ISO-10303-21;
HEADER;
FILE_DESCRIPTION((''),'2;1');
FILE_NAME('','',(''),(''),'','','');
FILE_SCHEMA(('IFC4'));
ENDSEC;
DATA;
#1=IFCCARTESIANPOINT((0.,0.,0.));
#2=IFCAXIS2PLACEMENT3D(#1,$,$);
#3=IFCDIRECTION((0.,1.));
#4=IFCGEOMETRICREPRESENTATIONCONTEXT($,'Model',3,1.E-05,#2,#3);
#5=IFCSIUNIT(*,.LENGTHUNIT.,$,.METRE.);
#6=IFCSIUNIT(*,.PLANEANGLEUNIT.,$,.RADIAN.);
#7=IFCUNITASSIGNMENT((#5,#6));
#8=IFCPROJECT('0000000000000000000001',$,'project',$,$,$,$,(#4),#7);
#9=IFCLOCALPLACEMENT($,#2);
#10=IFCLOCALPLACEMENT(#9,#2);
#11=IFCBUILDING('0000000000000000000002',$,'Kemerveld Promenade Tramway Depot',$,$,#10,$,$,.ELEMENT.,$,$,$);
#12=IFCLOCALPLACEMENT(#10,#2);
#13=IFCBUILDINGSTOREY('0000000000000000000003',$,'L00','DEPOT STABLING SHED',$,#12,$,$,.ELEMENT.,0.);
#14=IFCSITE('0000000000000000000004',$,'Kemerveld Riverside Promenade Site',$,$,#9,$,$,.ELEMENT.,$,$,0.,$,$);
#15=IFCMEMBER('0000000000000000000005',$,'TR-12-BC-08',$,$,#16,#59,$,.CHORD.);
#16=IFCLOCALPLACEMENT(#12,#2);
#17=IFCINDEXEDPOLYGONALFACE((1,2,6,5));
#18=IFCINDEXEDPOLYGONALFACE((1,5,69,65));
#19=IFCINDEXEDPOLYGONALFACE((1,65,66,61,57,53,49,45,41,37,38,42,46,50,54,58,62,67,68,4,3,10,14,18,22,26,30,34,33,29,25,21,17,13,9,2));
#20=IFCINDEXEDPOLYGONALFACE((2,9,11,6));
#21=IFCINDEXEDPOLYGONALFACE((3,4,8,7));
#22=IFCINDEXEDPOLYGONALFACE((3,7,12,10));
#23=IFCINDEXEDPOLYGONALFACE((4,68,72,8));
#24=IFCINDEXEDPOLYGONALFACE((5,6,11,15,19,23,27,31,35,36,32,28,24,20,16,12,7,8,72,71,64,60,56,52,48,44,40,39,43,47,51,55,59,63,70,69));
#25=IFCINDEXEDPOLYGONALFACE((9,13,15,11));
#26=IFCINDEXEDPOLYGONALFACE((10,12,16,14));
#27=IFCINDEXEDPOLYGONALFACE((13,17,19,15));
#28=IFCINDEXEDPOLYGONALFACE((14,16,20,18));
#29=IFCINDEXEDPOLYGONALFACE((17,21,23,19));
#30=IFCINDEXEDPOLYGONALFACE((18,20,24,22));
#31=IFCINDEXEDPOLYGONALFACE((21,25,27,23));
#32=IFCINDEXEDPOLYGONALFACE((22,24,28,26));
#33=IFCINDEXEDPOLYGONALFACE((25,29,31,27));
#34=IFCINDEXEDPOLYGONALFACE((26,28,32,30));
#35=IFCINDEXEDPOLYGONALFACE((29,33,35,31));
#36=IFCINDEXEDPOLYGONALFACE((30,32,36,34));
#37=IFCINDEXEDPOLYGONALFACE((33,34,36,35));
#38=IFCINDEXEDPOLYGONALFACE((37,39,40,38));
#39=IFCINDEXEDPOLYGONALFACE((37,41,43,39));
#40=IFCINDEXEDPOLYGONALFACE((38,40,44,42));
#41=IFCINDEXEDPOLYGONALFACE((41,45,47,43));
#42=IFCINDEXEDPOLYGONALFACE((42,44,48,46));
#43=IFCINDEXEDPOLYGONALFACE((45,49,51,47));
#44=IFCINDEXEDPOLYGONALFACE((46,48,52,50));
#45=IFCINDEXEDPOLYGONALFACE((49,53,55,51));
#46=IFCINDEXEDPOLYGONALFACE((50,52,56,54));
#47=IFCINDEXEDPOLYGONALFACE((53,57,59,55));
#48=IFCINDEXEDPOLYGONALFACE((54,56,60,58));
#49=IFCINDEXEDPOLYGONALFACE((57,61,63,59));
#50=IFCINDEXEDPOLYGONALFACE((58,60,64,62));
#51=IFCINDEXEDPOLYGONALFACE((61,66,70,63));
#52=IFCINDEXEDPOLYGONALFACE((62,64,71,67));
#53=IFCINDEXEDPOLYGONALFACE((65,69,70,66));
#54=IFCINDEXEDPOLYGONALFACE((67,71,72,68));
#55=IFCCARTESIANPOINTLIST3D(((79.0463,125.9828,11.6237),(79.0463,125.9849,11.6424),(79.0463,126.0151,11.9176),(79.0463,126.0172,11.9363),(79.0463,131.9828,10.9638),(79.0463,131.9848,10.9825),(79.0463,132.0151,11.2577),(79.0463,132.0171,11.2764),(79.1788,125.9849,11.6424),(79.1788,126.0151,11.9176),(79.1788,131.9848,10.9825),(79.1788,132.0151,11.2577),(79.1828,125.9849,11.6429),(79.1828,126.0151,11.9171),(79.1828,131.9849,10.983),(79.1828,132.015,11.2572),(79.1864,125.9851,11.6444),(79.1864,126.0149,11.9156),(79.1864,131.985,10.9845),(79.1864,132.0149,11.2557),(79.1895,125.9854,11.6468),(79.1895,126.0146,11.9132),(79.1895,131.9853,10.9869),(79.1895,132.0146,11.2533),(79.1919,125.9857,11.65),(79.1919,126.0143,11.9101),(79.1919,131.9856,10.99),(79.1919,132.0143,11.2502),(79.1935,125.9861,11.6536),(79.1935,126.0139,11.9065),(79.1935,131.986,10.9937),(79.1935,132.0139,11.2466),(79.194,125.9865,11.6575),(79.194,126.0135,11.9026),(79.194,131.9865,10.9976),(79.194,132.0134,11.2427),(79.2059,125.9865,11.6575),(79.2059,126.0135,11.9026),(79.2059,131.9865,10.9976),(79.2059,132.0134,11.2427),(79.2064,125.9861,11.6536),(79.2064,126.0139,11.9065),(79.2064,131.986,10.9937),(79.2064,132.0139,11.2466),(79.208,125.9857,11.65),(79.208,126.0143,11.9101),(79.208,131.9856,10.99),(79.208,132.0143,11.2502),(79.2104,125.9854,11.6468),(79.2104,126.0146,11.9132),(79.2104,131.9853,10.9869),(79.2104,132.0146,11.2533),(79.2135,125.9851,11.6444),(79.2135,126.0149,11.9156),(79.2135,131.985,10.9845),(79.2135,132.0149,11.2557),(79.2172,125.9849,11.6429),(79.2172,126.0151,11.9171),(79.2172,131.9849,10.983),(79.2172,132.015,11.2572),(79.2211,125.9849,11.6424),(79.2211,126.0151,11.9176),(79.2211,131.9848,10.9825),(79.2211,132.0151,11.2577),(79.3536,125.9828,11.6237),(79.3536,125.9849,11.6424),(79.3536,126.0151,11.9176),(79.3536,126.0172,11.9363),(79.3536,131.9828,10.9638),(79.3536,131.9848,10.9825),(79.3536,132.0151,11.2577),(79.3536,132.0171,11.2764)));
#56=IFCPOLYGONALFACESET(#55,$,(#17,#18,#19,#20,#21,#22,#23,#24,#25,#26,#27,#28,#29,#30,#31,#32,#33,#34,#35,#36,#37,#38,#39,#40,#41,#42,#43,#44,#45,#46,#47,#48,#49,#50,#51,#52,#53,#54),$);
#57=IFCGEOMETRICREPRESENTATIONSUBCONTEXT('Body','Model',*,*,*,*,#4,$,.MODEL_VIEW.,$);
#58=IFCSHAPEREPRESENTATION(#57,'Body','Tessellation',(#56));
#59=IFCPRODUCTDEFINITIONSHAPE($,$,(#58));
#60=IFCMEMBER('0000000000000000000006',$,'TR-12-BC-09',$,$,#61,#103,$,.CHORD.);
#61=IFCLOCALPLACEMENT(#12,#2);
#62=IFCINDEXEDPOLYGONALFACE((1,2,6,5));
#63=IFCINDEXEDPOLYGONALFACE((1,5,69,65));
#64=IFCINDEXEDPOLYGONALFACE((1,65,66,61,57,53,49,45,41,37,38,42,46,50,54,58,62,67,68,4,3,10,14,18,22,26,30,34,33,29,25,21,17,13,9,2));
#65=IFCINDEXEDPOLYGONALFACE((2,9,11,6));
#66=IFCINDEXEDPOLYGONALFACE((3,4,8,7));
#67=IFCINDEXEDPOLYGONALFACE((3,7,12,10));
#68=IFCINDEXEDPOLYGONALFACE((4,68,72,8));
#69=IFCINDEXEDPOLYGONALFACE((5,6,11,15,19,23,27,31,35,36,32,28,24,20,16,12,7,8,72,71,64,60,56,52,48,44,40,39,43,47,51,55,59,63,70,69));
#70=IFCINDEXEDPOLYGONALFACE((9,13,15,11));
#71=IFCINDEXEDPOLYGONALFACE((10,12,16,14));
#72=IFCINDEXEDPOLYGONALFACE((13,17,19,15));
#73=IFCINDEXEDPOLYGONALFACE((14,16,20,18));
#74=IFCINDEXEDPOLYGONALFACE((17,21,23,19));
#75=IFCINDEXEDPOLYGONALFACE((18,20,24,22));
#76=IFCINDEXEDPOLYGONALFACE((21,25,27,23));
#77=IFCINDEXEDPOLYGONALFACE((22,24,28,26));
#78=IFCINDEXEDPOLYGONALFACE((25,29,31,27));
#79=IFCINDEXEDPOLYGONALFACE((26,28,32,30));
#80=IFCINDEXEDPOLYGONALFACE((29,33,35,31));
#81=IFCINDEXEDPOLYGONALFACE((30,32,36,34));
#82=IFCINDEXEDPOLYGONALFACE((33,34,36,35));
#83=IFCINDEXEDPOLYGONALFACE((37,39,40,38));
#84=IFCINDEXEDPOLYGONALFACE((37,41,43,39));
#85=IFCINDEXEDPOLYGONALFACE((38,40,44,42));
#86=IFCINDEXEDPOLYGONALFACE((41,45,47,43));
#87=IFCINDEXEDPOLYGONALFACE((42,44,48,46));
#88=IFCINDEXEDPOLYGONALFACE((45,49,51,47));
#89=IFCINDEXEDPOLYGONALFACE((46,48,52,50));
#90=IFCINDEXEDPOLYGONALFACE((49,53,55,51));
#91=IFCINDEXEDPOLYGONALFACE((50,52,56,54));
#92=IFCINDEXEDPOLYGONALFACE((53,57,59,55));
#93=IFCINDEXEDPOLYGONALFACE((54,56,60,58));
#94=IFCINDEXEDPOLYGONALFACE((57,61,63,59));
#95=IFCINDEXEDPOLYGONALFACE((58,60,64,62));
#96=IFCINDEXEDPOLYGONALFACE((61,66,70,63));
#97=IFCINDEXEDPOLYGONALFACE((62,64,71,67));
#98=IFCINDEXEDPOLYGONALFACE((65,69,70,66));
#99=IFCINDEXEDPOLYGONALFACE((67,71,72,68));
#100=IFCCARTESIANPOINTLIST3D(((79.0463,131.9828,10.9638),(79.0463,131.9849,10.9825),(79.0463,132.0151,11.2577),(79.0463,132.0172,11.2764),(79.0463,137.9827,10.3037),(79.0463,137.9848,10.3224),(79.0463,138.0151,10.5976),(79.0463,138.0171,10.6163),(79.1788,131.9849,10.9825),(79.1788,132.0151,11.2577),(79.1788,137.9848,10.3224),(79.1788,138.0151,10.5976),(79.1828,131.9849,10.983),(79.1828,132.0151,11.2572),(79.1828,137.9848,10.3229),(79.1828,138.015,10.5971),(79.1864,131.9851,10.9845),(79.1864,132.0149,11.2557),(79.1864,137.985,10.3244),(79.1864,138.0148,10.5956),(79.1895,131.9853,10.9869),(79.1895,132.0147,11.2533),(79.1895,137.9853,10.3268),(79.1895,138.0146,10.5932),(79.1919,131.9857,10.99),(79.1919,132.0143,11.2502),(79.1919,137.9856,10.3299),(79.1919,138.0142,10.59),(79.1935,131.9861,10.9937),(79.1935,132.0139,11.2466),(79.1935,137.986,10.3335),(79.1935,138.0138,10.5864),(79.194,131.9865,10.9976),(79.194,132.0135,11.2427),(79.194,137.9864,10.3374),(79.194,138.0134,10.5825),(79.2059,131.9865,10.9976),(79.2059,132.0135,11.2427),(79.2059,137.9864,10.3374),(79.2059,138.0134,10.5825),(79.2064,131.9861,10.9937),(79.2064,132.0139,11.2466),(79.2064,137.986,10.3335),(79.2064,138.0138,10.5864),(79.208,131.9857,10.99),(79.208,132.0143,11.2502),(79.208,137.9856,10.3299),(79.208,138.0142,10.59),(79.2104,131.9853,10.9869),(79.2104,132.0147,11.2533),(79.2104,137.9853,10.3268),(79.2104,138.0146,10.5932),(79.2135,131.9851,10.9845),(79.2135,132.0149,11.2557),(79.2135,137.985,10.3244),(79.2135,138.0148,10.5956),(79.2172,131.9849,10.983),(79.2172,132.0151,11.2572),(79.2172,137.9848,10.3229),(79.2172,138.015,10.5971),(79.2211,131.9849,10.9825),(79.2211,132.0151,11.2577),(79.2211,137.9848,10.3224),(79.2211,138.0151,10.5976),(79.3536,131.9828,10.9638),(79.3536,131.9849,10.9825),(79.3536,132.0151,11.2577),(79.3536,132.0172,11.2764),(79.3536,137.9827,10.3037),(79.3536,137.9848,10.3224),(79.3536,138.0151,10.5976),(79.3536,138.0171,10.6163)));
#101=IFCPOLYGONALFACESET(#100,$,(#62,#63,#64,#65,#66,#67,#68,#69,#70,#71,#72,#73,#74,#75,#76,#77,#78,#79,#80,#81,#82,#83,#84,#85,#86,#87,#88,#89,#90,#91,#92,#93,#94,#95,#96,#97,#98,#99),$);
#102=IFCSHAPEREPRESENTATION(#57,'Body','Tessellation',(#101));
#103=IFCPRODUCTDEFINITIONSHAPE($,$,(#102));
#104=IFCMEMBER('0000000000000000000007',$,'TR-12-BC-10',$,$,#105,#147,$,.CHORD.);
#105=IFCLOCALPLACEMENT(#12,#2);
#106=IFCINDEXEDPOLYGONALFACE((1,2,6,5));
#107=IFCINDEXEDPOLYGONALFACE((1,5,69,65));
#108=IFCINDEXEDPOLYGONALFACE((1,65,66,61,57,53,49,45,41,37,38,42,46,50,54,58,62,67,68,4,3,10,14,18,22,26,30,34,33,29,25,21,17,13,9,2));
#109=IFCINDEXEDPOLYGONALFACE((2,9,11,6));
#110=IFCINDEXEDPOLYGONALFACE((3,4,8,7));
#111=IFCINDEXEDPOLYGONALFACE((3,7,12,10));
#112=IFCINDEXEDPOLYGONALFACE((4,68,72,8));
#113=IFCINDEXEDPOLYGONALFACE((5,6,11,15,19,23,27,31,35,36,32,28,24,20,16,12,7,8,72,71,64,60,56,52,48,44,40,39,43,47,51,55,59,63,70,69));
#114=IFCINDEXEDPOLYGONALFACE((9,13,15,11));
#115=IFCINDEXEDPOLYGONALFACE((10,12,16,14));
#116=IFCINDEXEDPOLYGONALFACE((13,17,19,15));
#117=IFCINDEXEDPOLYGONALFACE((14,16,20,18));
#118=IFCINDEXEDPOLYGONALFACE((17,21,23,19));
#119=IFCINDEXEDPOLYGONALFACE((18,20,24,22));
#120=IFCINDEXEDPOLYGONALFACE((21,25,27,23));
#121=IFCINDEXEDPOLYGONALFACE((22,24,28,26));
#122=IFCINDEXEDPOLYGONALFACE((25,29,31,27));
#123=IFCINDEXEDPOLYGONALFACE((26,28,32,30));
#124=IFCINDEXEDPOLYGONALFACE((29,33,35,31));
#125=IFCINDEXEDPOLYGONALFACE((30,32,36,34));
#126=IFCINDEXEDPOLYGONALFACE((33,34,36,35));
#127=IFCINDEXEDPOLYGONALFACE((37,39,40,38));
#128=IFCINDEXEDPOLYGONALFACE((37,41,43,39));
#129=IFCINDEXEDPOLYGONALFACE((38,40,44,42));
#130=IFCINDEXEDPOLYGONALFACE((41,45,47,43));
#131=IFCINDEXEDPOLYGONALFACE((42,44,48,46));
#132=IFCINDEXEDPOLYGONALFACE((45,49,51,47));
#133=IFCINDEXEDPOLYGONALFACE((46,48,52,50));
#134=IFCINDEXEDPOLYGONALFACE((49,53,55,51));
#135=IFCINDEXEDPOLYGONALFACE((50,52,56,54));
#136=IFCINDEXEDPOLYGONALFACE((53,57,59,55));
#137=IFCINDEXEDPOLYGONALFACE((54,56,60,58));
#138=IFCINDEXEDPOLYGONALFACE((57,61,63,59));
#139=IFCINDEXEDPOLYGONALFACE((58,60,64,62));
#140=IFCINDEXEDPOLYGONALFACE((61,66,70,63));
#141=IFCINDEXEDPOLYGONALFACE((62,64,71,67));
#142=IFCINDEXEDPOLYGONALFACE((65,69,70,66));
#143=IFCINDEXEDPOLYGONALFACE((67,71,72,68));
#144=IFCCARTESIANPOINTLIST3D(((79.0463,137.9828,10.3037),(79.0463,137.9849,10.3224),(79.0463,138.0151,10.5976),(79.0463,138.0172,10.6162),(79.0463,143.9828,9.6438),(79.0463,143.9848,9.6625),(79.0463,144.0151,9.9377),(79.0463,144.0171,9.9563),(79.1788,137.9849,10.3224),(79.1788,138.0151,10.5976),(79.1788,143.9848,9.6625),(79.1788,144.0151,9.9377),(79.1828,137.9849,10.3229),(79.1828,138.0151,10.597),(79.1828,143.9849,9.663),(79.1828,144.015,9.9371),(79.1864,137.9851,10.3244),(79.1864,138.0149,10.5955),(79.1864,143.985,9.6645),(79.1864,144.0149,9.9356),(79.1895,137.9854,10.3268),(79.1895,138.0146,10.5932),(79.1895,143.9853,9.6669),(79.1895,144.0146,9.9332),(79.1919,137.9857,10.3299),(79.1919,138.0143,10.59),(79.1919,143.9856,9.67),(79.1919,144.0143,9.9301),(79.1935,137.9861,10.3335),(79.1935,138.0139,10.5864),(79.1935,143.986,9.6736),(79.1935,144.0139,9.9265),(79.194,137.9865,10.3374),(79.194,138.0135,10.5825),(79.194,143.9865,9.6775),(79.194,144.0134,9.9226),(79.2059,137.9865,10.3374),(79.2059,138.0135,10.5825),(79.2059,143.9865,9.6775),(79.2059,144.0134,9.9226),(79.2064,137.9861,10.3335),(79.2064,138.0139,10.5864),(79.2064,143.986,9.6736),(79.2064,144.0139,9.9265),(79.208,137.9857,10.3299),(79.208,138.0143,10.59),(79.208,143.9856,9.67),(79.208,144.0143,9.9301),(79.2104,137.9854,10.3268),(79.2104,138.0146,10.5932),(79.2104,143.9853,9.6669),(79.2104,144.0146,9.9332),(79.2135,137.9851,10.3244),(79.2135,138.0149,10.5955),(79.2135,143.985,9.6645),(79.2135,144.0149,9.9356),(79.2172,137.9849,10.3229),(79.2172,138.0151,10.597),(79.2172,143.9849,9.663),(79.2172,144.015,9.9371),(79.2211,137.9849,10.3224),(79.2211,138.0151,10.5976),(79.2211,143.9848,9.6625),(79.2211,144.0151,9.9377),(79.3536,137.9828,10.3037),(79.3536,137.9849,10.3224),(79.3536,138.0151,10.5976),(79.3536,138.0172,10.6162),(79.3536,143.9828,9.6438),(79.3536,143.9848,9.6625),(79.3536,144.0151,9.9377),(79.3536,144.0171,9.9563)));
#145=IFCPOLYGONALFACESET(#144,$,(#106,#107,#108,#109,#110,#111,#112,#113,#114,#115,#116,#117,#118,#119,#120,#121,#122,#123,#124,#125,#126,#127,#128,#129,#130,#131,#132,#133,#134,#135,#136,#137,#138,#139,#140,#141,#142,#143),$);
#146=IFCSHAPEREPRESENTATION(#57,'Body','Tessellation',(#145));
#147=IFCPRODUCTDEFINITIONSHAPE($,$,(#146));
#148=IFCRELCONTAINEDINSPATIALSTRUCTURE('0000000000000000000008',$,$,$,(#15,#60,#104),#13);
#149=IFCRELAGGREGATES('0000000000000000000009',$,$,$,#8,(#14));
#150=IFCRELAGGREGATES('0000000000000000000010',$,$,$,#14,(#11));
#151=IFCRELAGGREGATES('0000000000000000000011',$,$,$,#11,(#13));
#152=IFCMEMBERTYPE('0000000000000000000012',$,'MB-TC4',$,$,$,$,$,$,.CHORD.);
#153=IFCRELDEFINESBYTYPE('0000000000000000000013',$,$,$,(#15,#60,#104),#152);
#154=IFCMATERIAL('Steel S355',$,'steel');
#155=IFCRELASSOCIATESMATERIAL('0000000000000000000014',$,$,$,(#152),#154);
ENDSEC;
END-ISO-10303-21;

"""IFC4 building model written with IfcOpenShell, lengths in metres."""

from ifc_helpers import new_model, si_unit, direction, frame, origin, origin_2d, place, context, subcontext, project, spatial, i_section, extrude, material, material_profile, profile_set, type_object, element, save


model = new_model("IFC4")

# Units and contexts
model_context = context("Model", 3, precision=1e-05, world=origin(), true_north=direction((0.0, 1.0)))
body_context = subcontext(model_context, "Body", "Model", "MODEL_VIEW")
ifc_project = project(units=[si_unit("LENGTHUNIT", "METRE"), si_unit("PLANEANGLEUNIT", "RADIAN")], contexts=[model_context])

# Site, building, storey
site_placement = place(None, origin())
site = spatial("IfcSite", under=ifc_project, at=site_placement, Name="Kemerveld Riverside Promenade Site", CompositionType="ELEMENT", RefElevation=0.0)
building_placement = place(site_placement, origin())
building = spatial("IfcBuilding", under=site, at=building_placement, Name="Kemerveld Promenade Tramway Depot", CompositionType="ELEMENT")
storey_placement = place(building_placement, origin())
storey = spatial("IfcBuildingStorey", under=building, at=storey_placement, Name="L00", Description="DEPOT STABLING SHED", CompositionType="ELEMENT", Elevation=0.0)

# Members
ifc_material_1 = material(Name="Steel S355", Category="steel")
ifc_material_profile_1 = material_profile(ifc_material_1, i_section(OverallWidth=0.3074, OverallDepth=0.3145, WebThickness=0.012, FlangeThickness=0.0188, FilletRadius=0.0151, at=origin_2d()), Name="305x305x118 UC")
ifc_profile_set_1 = profile_set([ifc_material_profile_1], Name="Steel S355")
member_type_1 = type_object("IfcMemberType", Name="MB-TC4", PredefinedType="CHORD", material=ifc_profile_set_1)
for number, where, z_axis, x_axis, name in (
    (1, (79.2, 126.0, 11.78), (0.0, 0.994006, -0.109326), (-1.0, 0.0, 0.0), "TR-12-BC-08"),
    (2, (79.2, 132.0, 11.1201), (0.0, 0.994002, -0.109366), (-1.0, 0.0, 0.0), "TR-12-BC-09"),
    (3, (79.2, 138.0, 10.46), (0.0, 0.994006, -0.109326), (-1.0, 0.0, 0.0), "TR-12-BC-10"),
):
    element("IfcMember", number, at=place(storey_placement, frame(where, z_axis=z_axis, x_axis=x_axis)), inside=storey, type_object=member_type_1, Name=name, PredefinedType="CHORD", context=body_context, shape_type="SweptSolid", body=[
        extrude(i_section(OverallWidth=0.3074, OverallDepth=0.3145, WebThickness=0.012, FlangeThickness=0.0188, FilletRadius=0.0151, at=origin_2d()), origin(), (0.0, 0.0, 1.0), 6.0361),
    ])

save(model, "model.ifc")
